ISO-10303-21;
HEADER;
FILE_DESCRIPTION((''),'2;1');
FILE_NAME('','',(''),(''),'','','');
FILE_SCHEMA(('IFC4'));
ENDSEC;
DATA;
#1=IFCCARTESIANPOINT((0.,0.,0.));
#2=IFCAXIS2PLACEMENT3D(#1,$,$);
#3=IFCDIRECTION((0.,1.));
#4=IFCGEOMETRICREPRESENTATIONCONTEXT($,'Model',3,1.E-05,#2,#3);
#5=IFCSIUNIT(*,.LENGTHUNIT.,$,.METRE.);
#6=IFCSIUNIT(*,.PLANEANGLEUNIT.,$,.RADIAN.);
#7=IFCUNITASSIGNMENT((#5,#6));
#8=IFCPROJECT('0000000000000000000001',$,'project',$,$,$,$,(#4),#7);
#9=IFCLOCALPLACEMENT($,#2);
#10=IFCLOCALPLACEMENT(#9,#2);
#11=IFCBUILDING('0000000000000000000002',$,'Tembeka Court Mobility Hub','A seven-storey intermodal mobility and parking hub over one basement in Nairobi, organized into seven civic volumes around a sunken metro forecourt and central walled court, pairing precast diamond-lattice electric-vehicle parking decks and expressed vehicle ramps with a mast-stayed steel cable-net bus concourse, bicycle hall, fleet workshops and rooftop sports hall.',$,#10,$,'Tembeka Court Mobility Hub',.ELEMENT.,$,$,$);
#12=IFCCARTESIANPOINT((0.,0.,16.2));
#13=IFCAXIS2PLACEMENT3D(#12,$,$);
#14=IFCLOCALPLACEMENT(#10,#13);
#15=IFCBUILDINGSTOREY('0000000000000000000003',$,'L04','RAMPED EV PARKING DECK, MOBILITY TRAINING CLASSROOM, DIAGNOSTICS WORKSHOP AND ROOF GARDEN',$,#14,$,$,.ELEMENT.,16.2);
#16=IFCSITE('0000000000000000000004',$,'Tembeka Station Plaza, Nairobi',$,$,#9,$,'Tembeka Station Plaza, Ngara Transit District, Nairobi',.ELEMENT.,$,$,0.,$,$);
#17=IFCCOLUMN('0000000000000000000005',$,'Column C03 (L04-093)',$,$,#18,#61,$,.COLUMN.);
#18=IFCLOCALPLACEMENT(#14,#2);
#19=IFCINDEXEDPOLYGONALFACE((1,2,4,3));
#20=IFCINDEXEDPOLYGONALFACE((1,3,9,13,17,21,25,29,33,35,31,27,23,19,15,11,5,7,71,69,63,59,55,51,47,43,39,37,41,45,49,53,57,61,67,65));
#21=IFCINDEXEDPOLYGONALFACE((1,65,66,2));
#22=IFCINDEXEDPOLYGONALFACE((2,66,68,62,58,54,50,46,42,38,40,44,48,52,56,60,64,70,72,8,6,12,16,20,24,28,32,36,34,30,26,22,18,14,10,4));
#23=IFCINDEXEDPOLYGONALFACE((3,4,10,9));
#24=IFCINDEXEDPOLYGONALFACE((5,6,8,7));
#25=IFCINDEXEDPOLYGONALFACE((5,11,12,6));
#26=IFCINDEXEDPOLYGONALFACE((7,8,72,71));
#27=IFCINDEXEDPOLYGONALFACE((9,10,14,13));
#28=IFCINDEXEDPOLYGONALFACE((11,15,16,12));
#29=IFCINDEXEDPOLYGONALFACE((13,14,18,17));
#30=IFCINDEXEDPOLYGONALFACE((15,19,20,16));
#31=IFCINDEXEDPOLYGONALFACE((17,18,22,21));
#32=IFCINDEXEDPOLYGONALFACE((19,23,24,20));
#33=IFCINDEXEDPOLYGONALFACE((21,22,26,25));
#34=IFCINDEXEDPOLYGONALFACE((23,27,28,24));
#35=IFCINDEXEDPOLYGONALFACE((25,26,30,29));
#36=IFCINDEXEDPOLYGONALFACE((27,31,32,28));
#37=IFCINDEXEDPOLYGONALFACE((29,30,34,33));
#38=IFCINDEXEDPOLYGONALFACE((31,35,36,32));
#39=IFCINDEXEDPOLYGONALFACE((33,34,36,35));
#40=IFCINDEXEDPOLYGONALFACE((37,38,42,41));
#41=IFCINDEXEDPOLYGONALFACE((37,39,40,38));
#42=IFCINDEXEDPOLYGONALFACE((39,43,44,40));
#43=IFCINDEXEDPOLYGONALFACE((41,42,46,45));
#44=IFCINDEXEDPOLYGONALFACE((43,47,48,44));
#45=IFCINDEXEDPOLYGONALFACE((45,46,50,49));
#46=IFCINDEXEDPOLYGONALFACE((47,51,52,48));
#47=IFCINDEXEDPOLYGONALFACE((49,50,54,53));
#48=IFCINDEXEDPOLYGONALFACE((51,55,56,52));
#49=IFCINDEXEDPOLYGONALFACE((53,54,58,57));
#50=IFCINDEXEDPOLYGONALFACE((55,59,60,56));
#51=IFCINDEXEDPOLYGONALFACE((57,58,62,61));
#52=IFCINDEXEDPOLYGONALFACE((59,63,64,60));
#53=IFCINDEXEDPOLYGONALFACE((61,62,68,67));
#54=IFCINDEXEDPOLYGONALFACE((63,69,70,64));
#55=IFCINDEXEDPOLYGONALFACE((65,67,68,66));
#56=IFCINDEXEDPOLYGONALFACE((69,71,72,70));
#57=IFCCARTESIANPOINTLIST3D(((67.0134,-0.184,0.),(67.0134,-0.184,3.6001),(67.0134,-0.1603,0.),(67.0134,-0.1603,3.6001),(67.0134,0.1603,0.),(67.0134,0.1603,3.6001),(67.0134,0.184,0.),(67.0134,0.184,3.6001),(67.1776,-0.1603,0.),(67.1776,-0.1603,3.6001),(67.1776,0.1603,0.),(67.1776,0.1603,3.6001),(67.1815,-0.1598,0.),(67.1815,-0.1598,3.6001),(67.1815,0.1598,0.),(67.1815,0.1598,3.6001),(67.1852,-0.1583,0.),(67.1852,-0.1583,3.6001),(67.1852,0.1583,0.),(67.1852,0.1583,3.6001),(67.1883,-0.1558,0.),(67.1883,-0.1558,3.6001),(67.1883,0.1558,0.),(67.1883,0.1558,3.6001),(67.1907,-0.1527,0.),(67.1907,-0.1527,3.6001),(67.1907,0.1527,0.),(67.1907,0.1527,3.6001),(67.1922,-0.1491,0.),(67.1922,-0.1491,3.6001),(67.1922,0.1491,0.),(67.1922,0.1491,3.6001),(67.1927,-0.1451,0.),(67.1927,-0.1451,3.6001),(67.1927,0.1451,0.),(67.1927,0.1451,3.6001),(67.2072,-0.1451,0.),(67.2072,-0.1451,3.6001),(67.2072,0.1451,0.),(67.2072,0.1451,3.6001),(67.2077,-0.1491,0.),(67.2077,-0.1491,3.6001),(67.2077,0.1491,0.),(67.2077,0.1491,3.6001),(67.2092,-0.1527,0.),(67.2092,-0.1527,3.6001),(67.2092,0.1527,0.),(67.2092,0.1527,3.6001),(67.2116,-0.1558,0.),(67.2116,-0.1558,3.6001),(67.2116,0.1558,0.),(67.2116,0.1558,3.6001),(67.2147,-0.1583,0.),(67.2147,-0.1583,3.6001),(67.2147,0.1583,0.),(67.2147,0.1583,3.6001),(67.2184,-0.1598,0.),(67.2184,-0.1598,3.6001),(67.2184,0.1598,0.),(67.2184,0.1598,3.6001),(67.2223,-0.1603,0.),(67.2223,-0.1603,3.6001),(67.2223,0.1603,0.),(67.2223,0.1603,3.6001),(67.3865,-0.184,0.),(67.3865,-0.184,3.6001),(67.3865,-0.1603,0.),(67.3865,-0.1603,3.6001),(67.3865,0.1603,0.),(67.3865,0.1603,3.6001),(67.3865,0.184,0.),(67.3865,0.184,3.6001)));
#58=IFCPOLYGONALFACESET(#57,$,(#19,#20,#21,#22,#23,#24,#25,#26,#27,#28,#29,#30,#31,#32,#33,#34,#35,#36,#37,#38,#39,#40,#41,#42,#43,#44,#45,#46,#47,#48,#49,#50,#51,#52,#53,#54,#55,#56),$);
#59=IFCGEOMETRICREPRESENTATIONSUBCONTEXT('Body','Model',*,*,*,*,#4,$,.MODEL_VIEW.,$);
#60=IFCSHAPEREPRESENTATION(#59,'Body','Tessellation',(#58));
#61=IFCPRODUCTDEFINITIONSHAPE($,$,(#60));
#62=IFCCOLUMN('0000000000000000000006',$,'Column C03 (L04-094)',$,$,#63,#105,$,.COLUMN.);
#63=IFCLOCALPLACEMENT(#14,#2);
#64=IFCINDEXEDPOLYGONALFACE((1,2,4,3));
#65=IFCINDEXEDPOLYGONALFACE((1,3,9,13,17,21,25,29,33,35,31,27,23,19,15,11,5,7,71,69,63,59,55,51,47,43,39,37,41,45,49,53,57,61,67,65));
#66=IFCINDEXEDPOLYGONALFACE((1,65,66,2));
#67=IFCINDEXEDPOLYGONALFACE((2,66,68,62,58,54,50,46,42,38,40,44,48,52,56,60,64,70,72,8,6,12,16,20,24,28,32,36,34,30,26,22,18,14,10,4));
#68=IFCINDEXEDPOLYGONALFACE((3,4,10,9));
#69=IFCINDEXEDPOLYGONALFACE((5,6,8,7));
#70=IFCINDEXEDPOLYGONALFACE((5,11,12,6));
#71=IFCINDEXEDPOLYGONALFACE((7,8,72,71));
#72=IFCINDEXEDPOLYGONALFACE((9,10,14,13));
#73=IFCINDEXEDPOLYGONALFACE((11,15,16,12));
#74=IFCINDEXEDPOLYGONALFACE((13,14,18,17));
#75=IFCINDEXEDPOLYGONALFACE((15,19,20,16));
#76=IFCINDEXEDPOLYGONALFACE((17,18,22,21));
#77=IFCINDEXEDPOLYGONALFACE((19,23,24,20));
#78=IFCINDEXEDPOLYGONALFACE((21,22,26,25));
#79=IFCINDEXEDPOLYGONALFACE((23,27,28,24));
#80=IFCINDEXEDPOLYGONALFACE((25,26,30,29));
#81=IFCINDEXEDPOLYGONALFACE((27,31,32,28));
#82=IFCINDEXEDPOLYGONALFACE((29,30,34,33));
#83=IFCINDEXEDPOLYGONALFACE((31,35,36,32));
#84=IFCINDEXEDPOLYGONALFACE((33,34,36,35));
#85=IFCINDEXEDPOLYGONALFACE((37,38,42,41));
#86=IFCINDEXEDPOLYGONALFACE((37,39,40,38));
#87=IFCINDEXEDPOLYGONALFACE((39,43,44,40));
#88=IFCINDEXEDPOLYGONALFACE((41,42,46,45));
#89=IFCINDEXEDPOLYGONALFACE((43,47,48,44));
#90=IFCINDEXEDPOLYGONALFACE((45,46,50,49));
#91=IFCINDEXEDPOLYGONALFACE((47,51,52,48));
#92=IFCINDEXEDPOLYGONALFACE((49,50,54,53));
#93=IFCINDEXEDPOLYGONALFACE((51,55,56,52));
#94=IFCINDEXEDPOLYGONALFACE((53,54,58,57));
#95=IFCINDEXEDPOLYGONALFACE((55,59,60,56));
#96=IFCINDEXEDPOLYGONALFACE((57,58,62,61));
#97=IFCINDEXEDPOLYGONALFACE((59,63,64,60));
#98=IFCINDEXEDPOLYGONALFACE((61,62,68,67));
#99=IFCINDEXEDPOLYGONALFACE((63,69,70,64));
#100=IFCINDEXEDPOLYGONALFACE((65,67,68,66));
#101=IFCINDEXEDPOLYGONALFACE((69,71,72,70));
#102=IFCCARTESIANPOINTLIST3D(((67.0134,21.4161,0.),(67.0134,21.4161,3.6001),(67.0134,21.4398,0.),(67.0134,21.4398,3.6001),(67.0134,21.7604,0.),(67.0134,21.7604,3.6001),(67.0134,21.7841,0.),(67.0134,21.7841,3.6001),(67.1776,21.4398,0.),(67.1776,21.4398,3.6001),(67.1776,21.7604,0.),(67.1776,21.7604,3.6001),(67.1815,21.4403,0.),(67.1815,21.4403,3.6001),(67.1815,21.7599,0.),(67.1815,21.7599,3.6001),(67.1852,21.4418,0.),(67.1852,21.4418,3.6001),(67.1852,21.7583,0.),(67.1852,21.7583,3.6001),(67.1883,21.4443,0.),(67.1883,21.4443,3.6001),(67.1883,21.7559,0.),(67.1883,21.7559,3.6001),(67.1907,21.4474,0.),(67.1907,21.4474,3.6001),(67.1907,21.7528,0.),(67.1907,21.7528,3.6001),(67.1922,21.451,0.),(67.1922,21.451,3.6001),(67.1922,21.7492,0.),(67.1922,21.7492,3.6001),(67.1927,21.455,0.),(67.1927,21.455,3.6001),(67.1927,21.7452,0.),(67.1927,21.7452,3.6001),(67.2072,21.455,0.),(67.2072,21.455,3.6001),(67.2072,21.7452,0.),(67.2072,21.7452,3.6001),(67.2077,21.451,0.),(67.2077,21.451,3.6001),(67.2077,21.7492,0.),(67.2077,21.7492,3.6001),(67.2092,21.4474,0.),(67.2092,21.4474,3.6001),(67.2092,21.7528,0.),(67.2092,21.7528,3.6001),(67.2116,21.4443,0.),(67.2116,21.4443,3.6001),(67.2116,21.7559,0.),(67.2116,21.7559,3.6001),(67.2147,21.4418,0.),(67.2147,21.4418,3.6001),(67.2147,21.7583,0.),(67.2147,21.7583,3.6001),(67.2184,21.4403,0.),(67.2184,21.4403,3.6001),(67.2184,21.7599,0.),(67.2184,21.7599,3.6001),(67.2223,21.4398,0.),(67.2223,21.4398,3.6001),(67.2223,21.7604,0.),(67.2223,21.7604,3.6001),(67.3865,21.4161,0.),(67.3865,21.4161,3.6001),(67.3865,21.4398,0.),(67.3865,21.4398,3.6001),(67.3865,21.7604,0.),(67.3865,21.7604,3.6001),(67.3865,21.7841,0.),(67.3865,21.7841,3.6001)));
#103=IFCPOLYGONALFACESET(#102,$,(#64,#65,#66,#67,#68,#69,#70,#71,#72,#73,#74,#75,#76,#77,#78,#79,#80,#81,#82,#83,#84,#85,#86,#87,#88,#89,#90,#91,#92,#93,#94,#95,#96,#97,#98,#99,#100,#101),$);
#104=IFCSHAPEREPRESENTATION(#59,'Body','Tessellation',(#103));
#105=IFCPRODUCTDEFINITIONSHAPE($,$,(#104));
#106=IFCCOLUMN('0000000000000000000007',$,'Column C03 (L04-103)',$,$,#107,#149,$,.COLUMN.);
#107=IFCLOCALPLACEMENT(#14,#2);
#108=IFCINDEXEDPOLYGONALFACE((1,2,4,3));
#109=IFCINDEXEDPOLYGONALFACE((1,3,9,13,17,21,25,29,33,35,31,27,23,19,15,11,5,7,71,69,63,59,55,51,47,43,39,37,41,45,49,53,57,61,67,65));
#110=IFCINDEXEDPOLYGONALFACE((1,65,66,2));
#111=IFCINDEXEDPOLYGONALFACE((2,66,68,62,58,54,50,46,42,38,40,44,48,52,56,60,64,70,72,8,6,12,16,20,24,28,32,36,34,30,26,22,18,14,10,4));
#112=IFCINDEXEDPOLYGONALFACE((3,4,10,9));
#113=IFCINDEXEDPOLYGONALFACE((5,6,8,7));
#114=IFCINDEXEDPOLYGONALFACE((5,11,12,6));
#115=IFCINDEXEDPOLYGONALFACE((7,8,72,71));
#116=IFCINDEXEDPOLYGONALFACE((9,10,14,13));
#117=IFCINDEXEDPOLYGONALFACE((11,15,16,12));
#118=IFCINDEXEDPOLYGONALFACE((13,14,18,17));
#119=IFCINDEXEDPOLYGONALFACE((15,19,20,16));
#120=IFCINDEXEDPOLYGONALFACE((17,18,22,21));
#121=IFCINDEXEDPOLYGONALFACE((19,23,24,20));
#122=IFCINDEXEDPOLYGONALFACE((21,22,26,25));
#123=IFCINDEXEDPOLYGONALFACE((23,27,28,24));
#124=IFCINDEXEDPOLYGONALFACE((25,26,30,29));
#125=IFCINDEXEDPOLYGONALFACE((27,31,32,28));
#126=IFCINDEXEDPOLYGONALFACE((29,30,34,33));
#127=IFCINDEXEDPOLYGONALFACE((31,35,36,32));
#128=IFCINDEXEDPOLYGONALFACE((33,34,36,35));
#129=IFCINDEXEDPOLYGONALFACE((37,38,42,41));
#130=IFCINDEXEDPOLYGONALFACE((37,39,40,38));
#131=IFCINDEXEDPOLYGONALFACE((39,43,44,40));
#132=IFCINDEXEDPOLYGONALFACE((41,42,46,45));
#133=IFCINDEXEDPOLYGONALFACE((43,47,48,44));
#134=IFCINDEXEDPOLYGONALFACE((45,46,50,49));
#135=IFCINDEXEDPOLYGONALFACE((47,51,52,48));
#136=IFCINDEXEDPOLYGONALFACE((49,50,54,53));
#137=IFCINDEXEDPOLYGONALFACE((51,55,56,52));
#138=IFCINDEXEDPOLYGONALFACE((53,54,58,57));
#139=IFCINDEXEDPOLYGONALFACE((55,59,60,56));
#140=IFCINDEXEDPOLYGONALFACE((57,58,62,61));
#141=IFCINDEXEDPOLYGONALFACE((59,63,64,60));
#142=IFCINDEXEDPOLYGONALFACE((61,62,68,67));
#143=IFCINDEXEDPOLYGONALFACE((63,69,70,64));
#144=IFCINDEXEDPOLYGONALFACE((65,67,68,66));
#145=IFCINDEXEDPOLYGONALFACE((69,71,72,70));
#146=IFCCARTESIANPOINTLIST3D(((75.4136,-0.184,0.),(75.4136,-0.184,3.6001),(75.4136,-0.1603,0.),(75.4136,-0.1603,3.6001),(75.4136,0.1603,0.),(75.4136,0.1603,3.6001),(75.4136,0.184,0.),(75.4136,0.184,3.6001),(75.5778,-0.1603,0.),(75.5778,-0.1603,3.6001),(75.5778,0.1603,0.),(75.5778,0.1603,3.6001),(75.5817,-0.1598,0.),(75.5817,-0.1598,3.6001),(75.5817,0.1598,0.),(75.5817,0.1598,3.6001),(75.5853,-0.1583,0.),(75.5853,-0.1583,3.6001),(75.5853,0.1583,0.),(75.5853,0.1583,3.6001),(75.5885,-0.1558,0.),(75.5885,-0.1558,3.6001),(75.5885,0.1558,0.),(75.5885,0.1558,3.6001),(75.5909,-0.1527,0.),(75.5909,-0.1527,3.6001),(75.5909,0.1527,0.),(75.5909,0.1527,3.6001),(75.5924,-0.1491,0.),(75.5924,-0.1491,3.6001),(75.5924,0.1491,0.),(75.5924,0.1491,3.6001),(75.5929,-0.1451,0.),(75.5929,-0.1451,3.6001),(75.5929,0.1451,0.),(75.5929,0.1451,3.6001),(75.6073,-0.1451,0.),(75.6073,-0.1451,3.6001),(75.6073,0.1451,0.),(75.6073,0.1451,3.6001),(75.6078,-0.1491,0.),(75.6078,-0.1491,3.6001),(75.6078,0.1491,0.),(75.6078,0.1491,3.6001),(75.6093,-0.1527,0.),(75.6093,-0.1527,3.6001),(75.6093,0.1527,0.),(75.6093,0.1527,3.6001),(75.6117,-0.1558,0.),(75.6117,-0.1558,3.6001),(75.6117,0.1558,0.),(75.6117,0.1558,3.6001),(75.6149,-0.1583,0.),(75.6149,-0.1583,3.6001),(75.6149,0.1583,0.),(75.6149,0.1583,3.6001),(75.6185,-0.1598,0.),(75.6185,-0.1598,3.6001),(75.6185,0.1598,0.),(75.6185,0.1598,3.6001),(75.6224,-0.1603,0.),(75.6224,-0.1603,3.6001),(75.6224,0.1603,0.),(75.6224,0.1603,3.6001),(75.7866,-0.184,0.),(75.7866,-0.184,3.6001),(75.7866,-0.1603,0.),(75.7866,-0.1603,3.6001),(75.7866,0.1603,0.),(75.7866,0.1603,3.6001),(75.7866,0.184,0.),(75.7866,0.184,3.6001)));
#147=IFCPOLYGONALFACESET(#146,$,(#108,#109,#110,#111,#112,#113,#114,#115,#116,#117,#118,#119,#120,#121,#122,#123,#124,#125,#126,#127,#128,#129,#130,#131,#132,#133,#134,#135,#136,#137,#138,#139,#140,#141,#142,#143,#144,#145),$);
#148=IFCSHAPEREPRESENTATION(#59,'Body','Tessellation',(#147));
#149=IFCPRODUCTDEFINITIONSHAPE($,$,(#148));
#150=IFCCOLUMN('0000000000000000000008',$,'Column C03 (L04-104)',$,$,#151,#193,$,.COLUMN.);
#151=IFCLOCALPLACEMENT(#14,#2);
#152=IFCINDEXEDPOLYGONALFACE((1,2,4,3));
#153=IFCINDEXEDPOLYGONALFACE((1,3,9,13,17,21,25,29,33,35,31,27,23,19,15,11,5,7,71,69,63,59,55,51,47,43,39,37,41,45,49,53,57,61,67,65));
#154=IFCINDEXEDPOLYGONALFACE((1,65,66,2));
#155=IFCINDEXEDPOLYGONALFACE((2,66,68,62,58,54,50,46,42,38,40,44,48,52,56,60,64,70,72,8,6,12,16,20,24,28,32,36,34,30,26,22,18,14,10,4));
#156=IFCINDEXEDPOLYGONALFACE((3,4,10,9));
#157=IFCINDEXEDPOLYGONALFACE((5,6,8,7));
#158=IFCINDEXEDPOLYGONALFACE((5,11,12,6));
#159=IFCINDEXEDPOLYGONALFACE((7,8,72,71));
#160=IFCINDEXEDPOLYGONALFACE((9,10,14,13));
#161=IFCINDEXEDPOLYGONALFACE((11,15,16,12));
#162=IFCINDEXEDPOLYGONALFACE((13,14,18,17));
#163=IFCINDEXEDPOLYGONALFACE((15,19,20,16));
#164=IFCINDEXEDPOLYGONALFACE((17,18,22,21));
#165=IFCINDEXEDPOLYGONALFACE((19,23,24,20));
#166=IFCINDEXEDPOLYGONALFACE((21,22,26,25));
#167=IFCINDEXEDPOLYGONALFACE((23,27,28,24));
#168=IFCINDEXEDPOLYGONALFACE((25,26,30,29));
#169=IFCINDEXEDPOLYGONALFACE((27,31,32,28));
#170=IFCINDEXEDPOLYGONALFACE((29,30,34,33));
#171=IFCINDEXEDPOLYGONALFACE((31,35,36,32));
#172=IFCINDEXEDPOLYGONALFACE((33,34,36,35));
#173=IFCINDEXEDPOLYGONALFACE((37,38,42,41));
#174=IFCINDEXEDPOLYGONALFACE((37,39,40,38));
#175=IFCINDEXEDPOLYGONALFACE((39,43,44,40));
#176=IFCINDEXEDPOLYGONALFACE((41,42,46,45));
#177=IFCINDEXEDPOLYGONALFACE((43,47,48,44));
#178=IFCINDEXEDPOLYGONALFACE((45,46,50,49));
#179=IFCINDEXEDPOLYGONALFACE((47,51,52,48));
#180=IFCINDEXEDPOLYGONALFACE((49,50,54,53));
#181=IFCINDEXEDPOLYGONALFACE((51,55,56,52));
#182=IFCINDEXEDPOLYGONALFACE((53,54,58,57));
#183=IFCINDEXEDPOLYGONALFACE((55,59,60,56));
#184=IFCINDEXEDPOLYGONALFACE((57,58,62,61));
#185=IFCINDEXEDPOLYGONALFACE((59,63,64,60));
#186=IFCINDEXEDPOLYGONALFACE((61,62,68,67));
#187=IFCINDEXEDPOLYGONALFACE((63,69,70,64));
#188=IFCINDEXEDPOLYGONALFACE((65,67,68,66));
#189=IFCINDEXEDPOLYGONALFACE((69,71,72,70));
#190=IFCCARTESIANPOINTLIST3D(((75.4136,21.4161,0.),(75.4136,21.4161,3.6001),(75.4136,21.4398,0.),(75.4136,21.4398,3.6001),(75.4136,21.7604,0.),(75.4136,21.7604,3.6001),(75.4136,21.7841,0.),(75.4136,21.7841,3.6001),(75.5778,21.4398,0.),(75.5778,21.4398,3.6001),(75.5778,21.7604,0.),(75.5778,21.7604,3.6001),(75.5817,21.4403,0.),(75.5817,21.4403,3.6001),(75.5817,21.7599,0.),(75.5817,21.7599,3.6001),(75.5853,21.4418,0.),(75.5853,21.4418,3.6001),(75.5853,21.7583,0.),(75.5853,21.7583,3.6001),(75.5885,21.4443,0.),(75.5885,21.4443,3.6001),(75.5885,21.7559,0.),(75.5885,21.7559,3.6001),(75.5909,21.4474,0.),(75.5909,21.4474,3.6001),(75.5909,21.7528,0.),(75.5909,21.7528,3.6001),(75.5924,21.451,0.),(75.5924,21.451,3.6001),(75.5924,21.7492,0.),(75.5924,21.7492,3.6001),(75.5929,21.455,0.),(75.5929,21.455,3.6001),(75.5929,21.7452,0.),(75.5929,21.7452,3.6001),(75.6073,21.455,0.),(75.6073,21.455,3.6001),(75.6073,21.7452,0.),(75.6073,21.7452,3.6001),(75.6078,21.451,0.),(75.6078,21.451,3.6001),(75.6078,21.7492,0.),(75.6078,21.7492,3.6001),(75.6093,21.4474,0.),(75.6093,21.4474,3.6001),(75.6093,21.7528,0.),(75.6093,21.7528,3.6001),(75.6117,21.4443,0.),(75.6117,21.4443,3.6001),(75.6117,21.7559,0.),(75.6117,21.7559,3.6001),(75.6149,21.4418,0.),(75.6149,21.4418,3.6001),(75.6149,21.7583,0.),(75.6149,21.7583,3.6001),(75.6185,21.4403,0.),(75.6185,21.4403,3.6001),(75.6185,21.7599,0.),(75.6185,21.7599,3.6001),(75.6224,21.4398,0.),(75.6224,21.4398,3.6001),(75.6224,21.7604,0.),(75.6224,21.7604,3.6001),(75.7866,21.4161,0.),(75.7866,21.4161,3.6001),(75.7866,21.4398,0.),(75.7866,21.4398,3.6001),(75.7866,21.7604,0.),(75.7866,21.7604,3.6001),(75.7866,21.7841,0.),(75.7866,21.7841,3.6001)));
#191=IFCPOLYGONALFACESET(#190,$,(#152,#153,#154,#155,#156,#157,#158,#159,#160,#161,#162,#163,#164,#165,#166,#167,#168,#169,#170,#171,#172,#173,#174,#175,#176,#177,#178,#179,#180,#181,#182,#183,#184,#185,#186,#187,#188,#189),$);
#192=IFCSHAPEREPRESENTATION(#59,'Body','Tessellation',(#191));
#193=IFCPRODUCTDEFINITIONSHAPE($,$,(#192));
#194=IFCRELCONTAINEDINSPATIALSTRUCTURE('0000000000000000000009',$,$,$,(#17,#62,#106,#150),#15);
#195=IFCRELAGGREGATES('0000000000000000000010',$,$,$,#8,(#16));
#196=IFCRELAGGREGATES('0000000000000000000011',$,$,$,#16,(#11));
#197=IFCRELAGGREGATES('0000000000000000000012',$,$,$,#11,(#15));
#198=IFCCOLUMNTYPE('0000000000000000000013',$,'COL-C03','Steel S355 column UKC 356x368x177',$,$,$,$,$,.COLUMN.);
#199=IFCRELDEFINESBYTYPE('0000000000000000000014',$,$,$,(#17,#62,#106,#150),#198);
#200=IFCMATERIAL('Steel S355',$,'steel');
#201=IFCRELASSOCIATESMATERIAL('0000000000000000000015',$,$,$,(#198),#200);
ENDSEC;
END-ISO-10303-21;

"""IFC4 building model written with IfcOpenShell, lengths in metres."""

from ifc_helpers import new_model, si_unit, direction, frame, origin, origin_2d, place, context, subcontext, project, spatial, i_section, extrude, material, material_profile, profile_set, type_object, element, save


model = new_model("IFC4")

# Units and contexts
model_context = context("Model", 3, precision=1e-05, world=origin(), true_north=direction((0.0, 1.0)))
body_context = subcontext(model_context, "Body", "Model", "MODEL_VIEW")
ifc_project = project(units=[si_unit("LENGTHUNIT", "METRE"), si_unit("PLANEANGLEUNIT", "RADIAN")], contexts=[model_context])

# Site, building, storey
site_placement = place(None, origin())
site = spatial("IfcSite", under=ifc_project, at=site_placement, Name="Tembeka Station Plaza, Nairobi", LongName="Tembeka Station Plaza, Ngara Transit District, Nairobi", CompositionType="ELEMENT", RefElevation=0.0)
building_placement = place(site_placement, origin())
building = spatial("IfcBuilding", under=site, at=building_placement, Name="Tembeka Court Mobility Hub", Description="A seven-storey intermodal mobility and parking hub over one basement in Nairobi, organized into seven civic volumes around a sunken metro forecourt and central walled court, pairing precast diamond-lattice electric-vehicle parking decks and expressed vehicle ramps with a mast-stayed steel cable-net bus concourse, bicycle hall, fleet workshops and rooftop sports hall.", LongName="Tembeka Court Mobility Hub", CompositionType="ELEMENT")
storey_placement = place(building_placement, frame((0.0, 0.0, 16.2)))
storey = spatial("IfcBuildingStorey", under=building, at=storey_placement, Name="L04", Description="RAMPED EV PARKING DECK, MOBILITY TRAINING CLASSROOM, DIAGNOSTICS WORKSHOP AND ROOF GARDEN", CompositionType="ELEMENT", Elevation=16.2)

# Columns
ifc_material_1 = material(Name="Steel S355", Category="steel")
ifc_material_profile_1 = material_profile(ifc_material_1, i_section(OverallWidth=0.373, OverallDepth=0.3679, WebThickness=0.0144, FlangeThickness=0.0237, FilletRadius=0.0151, at=origin_2d()), Name="UKC 356x368x177")
ifc_profile_set_1 = profile_set([ifc_material_profile_1], Name="Steel S355")
column_type = type_object("IfcColumnType", Name="COL-C03", Description="Steel S355 column UKC 356x368x177", PredefinedType="COLUMN", material=ifc_profile_set_1)
for number, where, z_axis, x_axis, name in (
    (1, (67.2, 0.0, 0.0), (0.0, 0.0, 1.0), (1.0, 0.0, 0.0), "Column C03 (L04-093)"),
    (2, (67.2, 21.6001, 0.0), (0.0, 0.0, 1.0), (1.0, 0.0, 0.0), "Column C03 (L04-094)"),
    (3, (75.6001, 0.0, 0.0), (0.0, 0.0, 1.0), (1.0, 0.0, 0.0), "Column C03 (L04-103)"),
    (4, (75.6001, 21.6001, 0.0), (0.0, 0.0, 1.0), (1.0, 0.0, 0.0), "Column C03 (L04-104)"),
):
    element("IfcColumn", number, at=place(storey_placement, frame(where, z_axis=z_axis, x_axis=x_axis)), inside=storey, type_object=column_type, Name=name, PredefinedType="COLUMN", context=body_context, shape_type="SweptSolid", body=[
        extrude(i_section(OverallWidth=0.373, OverallDepth=0.3679, WebThickness=0.0144, FlangeThickness=0.0237, FilletRadius=0.0151, at=origin_2d()), origin(), (0.0, 0.0, 1.0), 3.6001),
    ])

save(model, "model.ifc")
